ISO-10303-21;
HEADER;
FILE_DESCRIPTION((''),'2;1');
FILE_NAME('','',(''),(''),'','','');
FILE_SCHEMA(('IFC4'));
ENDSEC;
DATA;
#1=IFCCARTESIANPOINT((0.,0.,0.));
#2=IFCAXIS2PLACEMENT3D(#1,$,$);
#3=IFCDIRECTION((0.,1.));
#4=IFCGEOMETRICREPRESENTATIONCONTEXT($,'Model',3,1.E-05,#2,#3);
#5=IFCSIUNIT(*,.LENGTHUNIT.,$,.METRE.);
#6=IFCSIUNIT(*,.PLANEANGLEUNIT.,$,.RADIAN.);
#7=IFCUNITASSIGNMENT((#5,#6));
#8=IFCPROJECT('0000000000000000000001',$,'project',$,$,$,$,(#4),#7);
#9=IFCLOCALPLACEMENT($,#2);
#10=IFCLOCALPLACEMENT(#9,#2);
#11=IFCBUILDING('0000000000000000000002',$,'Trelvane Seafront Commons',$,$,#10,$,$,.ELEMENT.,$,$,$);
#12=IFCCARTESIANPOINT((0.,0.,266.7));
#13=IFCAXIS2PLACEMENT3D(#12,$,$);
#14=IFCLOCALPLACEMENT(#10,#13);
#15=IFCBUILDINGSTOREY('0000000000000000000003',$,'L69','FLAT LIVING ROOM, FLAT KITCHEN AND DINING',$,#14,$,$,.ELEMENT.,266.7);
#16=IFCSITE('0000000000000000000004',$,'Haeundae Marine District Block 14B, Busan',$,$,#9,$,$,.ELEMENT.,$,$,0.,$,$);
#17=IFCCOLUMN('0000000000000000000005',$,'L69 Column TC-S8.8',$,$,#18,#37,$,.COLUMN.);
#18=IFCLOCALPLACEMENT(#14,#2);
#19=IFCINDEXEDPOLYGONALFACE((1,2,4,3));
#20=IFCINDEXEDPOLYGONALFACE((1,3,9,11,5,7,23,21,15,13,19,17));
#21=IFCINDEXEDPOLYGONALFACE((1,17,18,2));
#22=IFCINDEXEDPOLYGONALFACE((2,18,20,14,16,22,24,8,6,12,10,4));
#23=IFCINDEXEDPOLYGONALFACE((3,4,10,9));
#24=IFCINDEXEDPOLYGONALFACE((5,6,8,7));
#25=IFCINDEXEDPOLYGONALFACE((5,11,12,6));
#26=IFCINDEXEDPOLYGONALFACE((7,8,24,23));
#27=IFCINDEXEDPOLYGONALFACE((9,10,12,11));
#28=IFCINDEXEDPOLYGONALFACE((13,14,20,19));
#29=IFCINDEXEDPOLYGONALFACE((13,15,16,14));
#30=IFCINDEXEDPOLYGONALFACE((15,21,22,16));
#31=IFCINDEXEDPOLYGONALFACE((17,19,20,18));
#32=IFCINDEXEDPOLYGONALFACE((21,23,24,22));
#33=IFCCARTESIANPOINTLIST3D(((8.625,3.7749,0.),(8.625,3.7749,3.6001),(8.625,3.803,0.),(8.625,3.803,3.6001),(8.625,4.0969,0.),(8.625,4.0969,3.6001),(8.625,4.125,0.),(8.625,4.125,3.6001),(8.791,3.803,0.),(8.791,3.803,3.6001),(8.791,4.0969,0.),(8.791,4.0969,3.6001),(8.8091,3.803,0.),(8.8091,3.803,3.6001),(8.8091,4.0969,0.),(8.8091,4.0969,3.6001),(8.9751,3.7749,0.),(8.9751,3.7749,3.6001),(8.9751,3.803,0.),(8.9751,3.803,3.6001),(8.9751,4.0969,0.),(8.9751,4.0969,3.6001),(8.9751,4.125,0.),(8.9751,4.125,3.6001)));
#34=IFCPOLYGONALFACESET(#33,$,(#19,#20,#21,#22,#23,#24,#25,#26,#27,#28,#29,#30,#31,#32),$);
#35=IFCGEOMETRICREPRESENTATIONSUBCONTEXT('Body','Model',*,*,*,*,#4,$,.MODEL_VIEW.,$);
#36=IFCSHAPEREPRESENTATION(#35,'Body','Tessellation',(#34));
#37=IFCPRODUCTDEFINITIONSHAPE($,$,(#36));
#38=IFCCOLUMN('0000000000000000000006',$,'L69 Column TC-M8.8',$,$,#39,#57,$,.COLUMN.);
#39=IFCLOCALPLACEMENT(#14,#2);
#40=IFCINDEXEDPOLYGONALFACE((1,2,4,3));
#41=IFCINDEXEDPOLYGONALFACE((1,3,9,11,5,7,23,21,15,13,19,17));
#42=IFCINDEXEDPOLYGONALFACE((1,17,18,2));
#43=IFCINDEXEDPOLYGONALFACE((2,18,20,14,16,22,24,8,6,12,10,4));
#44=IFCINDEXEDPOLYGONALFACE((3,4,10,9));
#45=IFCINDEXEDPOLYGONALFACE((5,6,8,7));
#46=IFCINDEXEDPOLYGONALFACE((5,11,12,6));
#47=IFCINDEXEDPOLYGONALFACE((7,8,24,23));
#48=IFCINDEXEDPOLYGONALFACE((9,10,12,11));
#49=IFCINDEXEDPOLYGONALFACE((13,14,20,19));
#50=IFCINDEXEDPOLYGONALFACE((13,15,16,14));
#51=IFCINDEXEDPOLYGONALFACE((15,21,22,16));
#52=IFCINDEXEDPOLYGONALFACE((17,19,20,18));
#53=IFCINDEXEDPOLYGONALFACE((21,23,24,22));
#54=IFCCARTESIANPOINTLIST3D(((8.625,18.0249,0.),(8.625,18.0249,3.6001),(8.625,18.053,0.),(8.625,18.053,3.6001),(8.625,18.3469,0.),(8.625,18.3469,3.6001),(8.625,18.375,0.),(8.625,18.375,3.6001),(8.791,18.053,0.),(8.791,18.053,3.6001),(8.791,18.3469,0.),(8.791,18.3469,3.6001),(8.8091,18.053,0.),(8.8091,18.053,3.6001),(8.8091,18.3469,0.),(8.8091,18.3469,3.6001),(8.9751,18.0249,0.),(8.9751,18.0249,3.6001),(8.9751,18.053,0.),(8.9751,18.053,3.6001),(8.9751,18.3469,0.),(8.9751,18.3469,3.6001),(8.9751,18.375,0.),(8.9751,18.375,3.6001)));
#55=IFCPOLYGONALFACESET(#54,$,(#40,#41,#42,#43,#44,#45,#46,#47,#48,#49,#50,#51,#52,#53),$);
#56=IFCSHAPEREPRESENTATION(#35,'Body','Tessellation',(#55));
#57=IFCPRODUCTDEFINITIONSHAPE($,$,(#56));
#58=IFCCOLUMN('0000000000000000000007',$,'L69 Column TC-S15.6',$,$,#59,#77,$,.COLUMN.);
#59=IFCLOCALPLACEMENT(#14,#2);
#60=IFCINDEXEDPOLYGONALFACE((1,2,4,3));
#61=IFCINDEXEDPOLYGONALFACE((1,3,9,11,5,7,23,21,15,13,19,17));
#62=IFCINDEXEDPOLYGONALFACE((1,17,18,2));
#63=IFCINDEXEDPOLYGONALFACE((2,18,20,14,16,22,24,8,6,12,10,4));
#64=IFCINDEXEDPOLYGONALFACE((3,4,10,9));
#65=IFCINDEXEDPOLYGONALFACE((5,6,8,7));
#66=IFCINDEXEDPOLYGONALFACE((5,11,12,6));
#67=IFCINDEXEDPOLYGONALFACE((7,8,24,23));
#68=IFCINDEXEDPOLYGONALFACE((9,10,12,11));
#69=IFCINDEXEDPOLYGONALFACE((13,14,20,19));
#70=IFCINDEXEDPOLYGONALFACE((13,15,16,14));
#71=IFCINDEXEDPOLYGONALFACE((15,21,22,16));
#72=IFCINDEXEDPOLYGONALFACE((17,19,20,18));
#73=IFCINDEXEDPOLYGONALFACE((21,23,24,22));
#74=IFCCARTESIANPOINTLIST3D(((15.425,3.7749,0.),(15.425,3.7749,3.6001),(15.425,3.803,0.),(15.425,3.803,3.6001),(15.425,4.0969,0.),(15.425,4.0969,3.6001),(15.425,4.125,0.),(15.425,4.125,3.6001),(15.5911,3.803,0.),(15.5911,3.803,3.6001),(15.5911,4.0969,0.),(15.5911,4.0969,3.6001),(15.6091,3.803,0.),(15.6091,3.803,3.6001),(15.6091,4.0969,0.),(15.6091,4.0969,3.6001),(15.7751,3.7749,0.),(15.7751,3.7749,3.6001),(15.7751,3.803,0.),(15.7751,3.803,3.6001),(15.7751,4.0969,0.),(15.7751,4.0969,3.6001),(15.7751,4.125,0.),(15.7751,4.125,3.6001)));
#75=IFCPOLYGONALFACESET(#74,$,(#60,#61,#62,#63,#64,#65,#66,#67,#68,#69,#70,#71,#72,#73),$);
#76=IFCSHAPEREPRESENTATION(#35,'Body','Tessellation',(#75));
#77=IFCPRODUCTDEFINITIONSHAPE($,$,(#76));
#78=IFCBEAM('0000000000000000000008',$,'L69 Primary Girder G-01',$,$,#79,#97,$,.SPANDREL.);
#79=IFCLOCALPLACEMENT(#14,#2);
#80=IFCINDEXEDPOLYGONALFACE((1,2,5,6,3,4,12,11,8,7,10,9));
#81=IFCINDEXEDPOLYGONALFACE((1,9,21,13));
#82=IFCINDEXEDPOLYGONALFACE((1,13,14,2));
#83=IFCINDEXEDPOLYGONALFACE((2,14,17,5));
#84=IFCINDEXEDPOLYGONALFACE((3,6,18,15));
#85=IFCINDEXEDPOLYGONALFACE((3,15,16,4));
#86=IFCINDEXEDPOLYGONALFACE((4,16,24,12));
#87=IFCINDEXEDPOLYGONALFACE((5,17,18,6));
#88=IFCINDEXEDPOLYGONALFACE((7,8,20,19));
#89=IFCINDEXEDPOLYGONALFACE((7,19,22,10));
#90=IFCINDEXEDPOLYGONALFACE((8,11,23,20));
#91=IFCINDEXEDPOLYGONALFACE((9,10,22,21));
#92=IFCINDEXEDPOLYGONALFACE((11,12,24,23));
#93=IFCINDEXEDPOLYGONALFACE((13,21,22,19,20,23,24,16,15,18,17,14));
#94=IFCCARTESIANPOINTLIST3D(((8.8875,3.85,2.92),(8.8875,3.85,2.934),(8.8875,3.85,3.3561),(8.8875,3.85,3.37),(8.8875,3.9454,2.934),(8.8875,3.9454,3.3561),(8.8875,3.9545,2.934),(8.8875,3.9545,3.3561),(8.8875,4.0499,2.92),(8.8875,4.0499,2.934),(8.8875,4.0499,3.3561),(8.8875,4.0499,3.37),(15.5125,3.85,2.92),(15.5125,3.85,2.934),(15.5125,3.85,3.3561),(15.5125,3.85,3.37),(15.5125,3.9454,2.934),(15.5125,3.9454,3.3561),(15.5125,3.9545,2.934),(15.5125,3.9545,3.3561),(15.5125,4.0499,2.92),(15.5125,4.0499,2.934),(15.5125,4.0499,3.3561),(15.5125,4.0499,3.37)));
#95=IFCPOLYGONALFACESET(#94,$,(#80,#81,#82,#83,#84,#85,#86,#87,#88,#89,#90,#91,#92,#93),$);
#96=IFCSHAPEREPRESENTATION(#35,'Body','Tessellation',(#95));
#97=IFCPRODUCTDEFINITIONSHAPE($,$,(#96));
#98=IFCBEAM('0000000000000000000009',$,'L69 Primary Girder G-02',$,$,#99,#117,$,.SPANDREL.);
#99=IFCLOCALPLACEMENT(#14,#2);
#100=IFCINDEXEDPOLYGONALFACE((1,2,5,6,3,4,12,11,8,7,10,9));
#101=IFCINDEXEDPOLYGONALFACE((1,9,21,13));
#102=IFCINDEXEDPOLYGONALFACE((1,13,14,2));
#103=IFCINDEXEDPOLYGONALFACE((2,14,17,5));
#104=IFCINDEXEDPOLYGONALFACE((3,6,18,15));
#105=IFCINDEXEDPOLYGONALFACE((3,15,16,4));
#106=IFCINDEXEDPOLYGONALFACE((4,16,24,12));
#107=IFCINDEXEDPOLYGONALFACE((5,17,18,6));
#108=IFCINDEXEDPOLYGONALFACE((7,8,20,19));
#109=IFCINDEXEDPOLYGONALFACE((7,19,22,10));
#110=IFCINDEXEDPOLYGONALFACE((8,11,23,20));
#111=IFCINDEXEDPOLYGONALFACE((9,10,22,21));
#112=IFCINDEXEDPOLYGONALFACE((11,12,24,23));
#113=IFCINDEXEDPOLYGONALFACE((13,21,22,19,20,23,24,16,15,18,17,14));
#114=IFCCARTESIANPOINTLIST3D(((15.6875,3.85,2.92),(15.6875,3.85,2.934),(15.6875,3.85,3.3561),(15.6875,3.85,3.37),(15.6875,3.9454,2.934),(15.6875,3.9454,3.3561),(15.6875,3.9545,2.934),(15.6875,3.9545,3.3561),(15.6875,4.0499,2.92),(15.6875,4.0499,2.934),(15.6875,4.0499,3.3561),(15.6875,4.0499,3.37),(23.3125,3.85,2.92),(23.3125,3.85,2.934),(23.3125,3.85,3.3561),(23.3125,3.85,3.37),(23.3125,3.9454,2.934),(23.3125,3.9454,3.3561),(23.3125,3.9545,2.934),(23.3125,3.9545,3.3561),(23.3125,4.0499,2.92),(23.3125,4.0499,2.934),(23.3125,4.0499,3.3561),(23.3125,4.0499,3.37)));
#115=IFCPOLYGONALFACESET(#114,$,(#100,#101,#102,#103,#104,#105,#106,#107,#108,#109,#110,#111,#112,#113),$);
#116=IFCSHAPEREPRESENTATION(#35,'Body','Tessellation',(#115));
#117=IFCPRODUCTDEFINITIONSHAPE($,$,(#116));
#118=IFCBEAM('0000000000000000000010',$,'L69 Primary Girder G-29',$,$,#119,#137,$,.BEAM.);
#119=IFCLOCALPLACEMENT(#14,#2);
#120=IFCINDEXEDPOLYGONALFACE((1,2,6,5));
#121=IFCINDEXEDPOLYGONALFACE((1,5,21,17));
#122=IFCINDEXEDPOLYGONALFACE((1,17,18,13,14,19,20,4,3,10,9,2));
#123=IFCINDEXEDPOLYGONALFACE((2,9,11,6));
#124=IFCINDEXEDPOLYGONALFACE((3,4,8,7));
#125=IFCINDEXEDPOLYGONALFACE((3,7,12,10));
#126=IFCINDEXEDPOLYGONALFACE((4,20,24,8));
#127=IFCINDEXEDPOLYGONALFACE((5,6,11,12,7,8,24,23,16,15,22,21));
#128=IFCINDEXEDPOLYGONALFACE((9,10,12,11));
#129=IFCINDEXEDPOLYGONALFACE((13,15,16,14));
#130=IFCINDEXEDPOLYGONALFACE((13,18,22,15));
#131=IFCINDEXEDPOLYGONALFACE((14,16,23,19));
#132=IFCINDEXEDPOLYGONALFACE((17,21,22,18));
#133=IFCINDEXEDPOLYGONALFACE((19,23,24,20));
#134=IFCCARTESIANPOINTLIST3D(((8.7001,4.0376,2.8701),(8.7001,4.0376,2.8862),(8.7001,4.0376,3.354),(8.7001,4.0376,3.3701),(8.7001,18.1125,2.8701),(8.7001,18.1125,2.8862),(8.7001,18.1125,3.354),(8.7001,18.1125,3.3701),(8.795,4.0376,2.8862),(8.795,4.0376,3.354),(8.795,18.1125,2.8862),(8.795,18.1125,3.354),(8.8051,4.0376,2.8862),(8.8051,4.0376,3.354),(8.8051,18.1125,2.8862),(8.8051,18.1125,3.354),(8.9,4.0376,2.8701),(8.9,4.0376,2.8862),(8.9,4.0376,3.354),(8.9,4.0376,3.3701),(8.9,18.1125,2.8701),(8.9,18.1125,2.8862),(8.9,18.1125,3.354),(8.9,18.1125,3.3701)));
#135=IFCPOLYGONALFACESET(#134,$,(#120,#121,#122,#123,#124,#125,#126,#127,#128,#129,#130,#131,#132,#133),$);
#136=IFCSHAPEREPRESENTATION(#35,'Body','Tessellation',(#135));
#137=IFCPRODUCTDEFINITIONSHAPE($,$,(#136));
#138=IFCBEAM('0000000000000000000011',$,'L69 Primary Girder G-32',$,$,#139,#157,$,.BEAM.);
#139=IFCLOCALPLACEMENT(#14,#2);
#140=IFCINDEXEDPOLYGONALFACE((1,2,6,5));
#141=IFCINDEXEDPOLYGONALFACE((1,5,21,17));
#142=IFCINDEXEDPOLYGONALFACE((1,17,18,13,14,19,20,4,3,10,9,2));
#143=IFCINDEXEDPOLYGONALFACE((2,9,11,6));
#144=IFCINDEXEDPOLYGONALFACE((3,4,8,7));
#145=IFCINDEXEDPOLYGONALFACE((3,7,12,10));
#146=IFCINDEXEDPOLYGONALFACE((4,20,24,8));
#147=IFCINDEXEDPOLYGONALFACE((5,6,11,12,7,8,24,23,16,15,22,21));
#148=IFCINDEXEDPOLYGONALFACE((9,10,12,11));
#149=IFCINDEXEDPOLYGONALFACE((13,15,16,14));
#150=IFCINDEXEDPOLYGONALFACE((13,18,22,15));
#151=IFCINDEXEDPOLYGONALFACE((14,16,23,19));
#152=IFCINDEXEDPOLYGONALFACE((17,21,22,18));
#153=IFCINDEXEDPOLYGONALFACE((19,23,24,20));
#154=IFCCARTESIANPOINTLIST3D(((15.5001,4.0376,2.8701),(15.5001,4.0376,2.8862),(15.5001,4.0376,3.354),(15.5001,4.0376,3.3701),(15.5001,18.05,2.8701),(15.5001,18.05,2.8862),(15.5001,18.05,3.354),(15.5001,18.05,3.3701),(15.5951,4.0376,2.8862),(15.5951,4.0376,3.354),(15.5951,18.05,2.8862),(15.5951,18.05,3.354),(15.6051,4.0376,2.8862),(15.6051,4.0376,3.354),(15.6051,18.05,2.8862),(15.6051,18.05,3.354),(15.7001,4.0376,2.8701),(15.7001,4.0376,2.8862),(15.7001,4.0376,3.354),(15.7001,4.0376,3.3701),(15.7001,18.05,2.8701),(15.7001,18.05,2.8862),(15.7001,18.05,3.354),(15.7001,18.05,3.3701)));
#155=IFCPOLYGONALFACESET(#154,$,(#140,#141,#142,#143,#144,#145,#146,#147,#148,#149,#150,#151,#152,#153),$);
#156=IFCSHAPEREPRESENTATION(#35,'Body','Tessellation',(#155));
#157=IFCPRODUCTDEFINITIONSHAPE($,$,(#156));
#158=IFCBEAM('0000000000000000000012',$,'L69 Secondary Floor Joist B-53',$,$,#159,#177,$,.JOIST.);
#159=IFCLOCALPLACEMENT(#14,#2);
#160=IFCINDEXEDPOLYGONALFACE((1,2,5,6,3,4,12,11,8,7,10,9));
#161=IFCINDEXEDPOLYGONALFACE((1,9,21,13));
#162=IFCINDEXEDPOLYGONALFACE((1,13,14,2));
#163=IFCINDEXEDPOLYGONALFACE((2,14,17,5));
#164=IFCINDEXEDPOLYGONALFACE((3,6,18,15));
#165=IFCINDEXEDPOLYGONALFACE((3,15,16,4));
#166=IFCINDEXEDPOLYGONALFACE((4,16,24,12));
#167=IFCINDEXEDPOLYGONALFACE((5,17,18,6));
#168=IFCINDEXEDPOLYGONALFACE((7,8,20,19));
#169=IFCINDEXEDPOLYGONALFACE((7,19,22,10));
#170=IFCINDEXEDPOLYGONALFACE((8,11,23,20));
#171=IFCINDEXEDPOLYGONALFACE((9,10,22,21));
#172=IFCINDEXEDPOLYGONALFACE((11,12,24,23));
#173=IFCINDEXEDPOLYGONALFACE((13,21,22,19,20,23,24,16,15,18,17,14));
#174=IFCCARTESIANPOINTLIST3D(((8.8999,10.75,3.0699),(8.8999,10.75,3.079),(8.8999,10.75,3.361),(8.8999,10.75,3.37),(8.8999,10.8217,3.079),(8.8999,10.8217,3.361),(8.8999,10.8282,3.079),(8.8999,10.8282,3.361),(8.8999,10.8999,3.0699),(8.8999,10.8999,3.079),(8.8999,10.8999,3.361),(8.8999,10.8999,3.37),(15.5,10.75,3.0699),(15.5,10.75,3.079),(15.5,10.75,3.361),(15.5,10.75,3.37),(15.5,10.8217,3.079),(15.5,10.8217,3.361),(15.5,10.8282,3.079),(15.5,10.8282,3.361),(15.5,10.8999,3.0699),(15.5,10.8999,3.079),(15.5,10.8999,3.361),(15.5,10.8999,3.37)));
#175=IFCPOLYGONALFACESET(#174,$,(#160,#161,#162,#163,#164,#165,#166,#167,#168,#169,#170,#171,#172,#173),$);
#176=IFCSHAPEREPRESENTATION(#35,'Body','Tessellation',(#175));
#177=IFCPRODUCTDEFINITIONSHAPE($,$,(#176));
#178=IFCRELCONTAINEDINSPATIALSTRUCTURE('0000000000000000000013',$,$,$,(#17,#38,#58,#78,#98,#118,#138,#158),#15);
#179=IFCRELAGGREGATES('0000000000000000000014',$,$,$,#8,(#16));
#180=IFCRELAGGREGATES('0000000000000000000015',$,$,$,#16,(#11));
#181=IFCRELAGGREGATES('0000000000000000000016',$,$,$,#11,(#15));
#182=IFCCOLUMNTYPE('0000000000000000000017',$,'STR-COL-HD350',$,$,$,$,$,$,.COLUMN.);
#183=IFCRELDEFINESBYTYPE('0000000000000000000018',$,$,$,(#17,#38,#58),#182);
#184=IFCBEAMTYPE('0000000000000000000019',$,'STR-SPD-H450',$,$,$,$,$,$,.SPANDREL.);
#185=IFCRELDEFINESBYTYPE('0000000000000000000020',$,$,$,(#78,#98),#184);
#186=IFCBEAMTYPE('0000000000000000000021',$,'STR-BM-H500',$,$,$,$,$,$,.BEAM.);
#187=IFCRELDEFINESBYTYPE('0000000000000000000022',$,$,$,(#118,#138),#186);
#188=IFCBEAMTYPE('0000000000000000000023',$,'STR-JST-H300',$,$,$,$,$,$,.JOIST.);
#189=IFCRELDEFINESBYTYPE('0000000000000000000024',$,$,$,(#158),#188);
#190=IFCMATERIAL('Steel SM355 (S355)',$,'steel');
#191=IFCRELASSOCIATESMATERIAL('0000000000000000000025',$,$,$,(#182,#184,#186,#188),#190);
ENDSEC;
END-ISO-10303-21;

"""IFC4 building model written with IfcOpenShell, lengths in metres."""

from ifc_helpers import new_model, si_unit, direction, frame, origin, origin_2d, place, context, subcontext, project, spatial, i_section, extrude, source, transform, mapped, material, material_profile, profile_set, type_object, element, save


model = new_model("IFC4")

# Units and contexts
model_context = context("Model", 3, precision=1e-05, world=origin(), true_north=direction((0.0, 1.0)))
body_context = subcontext(model_context, "Body", "Model", "MODEL_VIEW")
ifc_project = project(units=[si_unit("LENGTHUNIT", "METRE"), si_unit("PLANEANGLEUNIT", "RADIAN")], contexts=[model_context])

# Site, building, storey
site_placement = place(None, origin())
site = spatial("IfcSite", under=ifc_project, at=site_placement, Name="Haeundae Marine District Block 14B, Busan", CompositionType="ELEMENT", RefElevation=0.0)
building_placement = place(site_placement, origin())
building = spatial("IfcBuilding", under=site, at=building_placement, Name="Trelvane Seafront Commons", CompositionType="ELEMENT")
storey_placement = place(building_placement, frame((0.0, 0.0, 266.7)))
storey = spatial("IfcBuildingStorey", under=building, at=storey_placement, Name="L69", Description="FLAT LIVING ROOM, FLAT KITCHEN AND DINING", CompositionType="ELEMENT", Elevation=266.7)

# Columns
ifc_material_1 = material(Name="Steel SM355 (S355)", Category="steel")
ifc_material_profile_1 = material_profile(ifc_material_1, i_section(OverallWidth=0.3501, OverallDepth=0.3501, WebThickness=0.0181, FlangeThickness=0.0281, at=origin_2d()), Name="HD-350x350x18x28")
ifc_profile_set_1 = profile_set([ifc_material_profile_1], Name="Steel SM355 (S355)")
column_type = type_object("IfcColumnType", Name="STR-COL-HD350", PredefinedType="COLUMN", material=ifc_profile_set_1)
shared_shape_1 = source(origin(), body_context, "Body", "SweptSolid", [
    extrude(i_section(OverallWidth=0.3501, OverallDepth=0.3501, WebThickness=0.0181, FlangeThickness=0.0281, at=origin_2d()), origin(), (0.0, 0.0, 1.0), 3.6001),
])
for number, where, z_axis, x_axis, name in (
    (1, (8.8, 3.95, 0.0), (0.0, 0.0, 1.0), (1.0, 0.0, 0.0), "L69 Column TC-S8.8"),
    (2, (8.8, 18.2, 0.0), (0.0, 0.0, 1.0), (1.0, 0.0, 0.0), "L69 Column TC-M8.8"),
    (3, (15.6001, 3.95, 0.0), (0.0, 0.0, 1.0), (1.0, 0.0, 0.0), "L69 Column TC-S15.6"),
):
    element("IfcColumn", number, at=place(storey_placement, frame(where, z_axis=z_axis, x_axis=x_axis)), inside=storey, type_object=column_type, Name=name, PredefinedType="COLUMN", context=body_context, shape_type="MappedRepresentation", body=[
        mapped(shared_shape_1, transform((0.0, 0.0, 0.0), x_axis=(1.0, 0.0, 0.0), y_axis=(0.0, 1.0, 0.0), z_axis=(0.0, 0.0, 1.0), scale=1.0)),
    ])

# Beams
ifc_material_profile_2 = material_profile(ifc_material_1, i_section(OverallWidth=0.2, OverallDepth=0.45, WebThickness=0.009, FlangeThickness=0.0139, at=origin_2d()), Name="H-450x200x9x14")
ifc_profile_set_2 = profile_set([ifc_material_profile_2], Name="Steel SM355 (S355)")
beam_type_1 = type_object("IfcBeamType", Name="STR-SPD-H450", PredefinedType="SPANDREL", material=ifc_profile_set_2)
shared_shape_2 = source(origin(), body_context, "Body", "SweptSolid", [
    extrude(i_section(OverallWidth=0.2, OverallDepth=0.45, WebThickness=0.009, FlangeThickness=0.0139, at=origin_2d()), origin(), (0.0, 0.0, 1.0), 6.625),
])
beam_1_placement = place(storey_placement, frame((8.8875, 3.95, 3.145), z_axis=(1.0, 0.0, 0.0), x_axis=(0.0, 1.0, 0.0)))
element("IfcBeam", 4, at=beam_1_placement, inside=storey, type_object=beam_type_1, Name="L69 Primary Girder G-01", PredefinedType="SPANDREL", context=body_context, shape_type="MappedRepresentation", body=[
    mapped(shared_shape_2, transform((0.0, 0.0, 0.0), x_axis=(1.0, 0.0, 0.0), y_axis=(0.0, 1.0, 0.0), z_axis=(0.0, 0.0, 1.0), scale=1.0)),
])
shared_shape_3 = source(origin(), body_context, "Body", "SweptSolid", [
    extrude(i_section(OverallWidth=0.2, OverallDepth=0.45, WebThickness=0.009, FlangeThickness=0.0139, at=origin_2d()), origin(), (0.0, 0.0, 1.0), 7.625),
])
beam_2_placement = place(storey_placement, frame((15.6875, 3.95, 3.145), z_axis=(1.0, 0.0, 0.0), x_axis=(0.0, 1.0, 0.0)))
element("IfcBeam", 5, at=beam_2_placement, inside=storey, type_object=beam_type_1, Name="L69 Primary Girder G-02", PredefinedType="SPANDREL", context=body_context, shape_type="MappedRepresentation", body=[
    mapped(shared_shape_3, transform((0.0, 0.0, 0.0), x_axis=(1.0, 0.0, 0.0), y_axis=(0.0, 1.0, 0.0), z_axis=(0.0, 0.0, 1.0), scale=1.0)),
])
ifc_material_profile_3 = material_profile(ifc_material_1, i_section(OverallWidth=0.2, OverallDepth=0.5, WebThickness=0.01, FlangeThickness=0.0161, at=origin_2d()), Name="H-500x200x10x16")
ifc_profile_set_3 = profile_set([ifc_material_profile_3], Name="Steel SM355 (S355)")
beam_type_2 = type_object("IfcBeamType", Name="STR-BM-H500", PredefinedType="BEAM", material=ifc_profile_set_3)
shared_shape_4 = source(origin(), body_context, "Body", "SweptSolid", [
    extrude(i_section(OverallWidth=0.2, OverallDepth=0.5, WebThickness=0.01, FlangeThickness=0.0161, at=origin_2d()), origin(), (0.0, 0.0, 1.0), 14.075),
])
beam_3_placement = place(storey_placement, frame((8.8, 4.0376, 3.1201), z_axis=(0.0, 1.0, 0.0), x_axis=(-1.0, 0.0, 0.0)))
element("IfcBeam", 6, at=beam_3_placement, inside=storey, type_object=beam_type_2, Name="L69 Primary Girder G-29", PredefinedType="BEAM", context=body_context, shape_type="MappedRepresentation", body=[
    mapped(shared_shape_4, transform((0.0, 0.0, 0.0), x_axis=(1.0, 0.0, 0.0), y_axis=(0.0, 1.0, 0.0), z_axis=(0.0, 0.0, 1.0), scale=1.0)),
])
shared_shape_5 = source(origin(), body_context, "Body", "SweptSolid", [
    extrude(i_section(OverallWidth=0.2, OverallDepth=0.5, WebThickness=0.01, FlangeThickness=0.0161, at=origin_2d()), origin(), (0.0, 0.0, 1.0), 14.0125),
])
beam_4_placement = place(storey_placement, frame((15.6001, 4.0376, 3.1201), z_axis=(0.0, 1.0, 0.0), x_axis=(-1.0, 0.0, 0.0)))
element("IfcBeam", 7, at=beam_4_placement, inside=storey, type_object=beam_type_2, Name="L69 Primary Girder G-32", PredefinedType="BEAM", context=body_context, shape_type="MappedRepresentation", body=[
    mapped(shared_shape_5, transform((0.0, 0.0, 0.0), x_axis=(1.0, 0.0, 0.0), y_axis=(0.0, 1.0, 0.0), z_axis=(0.0, 0.0, 1.0), scale=1.0)),
])
ifc_material_profile_4 = material_profile(ifc_material_1, i_section(OverallWidth=0.1499, OverallDepth=0.3, WebThickness=0.0066, FlangeThickness=0.009, at=origin_2d()), Name="H-300x150x6.5x9")
ifc_profile_set_4 = profile_set([ifc_material_profile_4], Name="Steel SM355 (S355)")
beam_type_3 = type_object("IfcBeamType", Name="STR-JST-H300", PredefinedType="JOIST", material=ifc_profile_set_4)
shared_shape_6 = source(origin(), body_context, "Body", "SweptSolid", [
    extrude(i_section(OverallWidth=0.1499, OverallDepth=0.3, WebThickness=0.0066, FlangeThickness=0.009, at=origin_2d()), origin(), (0.0, 0.0, 1.0), 6.6001),
])
beam_5_placement = place(storey_placement, frame((8.8999, 10.825, 3.22), z_axis=(1.0, 0.0, 0.0), x_axis=(0.0, 1.0, 0.0)))
element("IfcBeam", 8, at=beam_5_placement, inside=storey, type_object=beam_type_3, Name="L69 Secondary Floor Joist B-53", PredefinedType="JOIST", context=body_context, shape_type="MappedRepresentation", body=[
    mapped(shared_shape_6, transform((0.0, 0.0, 0.0), x_axis=(1.0, 0.0, 0.0), y_axis=(0.0, 1.0, 0.0), z_axis=(0.0, 0.0, 1.0), scale=1.0)),
])

save(model, "model.ifc")
